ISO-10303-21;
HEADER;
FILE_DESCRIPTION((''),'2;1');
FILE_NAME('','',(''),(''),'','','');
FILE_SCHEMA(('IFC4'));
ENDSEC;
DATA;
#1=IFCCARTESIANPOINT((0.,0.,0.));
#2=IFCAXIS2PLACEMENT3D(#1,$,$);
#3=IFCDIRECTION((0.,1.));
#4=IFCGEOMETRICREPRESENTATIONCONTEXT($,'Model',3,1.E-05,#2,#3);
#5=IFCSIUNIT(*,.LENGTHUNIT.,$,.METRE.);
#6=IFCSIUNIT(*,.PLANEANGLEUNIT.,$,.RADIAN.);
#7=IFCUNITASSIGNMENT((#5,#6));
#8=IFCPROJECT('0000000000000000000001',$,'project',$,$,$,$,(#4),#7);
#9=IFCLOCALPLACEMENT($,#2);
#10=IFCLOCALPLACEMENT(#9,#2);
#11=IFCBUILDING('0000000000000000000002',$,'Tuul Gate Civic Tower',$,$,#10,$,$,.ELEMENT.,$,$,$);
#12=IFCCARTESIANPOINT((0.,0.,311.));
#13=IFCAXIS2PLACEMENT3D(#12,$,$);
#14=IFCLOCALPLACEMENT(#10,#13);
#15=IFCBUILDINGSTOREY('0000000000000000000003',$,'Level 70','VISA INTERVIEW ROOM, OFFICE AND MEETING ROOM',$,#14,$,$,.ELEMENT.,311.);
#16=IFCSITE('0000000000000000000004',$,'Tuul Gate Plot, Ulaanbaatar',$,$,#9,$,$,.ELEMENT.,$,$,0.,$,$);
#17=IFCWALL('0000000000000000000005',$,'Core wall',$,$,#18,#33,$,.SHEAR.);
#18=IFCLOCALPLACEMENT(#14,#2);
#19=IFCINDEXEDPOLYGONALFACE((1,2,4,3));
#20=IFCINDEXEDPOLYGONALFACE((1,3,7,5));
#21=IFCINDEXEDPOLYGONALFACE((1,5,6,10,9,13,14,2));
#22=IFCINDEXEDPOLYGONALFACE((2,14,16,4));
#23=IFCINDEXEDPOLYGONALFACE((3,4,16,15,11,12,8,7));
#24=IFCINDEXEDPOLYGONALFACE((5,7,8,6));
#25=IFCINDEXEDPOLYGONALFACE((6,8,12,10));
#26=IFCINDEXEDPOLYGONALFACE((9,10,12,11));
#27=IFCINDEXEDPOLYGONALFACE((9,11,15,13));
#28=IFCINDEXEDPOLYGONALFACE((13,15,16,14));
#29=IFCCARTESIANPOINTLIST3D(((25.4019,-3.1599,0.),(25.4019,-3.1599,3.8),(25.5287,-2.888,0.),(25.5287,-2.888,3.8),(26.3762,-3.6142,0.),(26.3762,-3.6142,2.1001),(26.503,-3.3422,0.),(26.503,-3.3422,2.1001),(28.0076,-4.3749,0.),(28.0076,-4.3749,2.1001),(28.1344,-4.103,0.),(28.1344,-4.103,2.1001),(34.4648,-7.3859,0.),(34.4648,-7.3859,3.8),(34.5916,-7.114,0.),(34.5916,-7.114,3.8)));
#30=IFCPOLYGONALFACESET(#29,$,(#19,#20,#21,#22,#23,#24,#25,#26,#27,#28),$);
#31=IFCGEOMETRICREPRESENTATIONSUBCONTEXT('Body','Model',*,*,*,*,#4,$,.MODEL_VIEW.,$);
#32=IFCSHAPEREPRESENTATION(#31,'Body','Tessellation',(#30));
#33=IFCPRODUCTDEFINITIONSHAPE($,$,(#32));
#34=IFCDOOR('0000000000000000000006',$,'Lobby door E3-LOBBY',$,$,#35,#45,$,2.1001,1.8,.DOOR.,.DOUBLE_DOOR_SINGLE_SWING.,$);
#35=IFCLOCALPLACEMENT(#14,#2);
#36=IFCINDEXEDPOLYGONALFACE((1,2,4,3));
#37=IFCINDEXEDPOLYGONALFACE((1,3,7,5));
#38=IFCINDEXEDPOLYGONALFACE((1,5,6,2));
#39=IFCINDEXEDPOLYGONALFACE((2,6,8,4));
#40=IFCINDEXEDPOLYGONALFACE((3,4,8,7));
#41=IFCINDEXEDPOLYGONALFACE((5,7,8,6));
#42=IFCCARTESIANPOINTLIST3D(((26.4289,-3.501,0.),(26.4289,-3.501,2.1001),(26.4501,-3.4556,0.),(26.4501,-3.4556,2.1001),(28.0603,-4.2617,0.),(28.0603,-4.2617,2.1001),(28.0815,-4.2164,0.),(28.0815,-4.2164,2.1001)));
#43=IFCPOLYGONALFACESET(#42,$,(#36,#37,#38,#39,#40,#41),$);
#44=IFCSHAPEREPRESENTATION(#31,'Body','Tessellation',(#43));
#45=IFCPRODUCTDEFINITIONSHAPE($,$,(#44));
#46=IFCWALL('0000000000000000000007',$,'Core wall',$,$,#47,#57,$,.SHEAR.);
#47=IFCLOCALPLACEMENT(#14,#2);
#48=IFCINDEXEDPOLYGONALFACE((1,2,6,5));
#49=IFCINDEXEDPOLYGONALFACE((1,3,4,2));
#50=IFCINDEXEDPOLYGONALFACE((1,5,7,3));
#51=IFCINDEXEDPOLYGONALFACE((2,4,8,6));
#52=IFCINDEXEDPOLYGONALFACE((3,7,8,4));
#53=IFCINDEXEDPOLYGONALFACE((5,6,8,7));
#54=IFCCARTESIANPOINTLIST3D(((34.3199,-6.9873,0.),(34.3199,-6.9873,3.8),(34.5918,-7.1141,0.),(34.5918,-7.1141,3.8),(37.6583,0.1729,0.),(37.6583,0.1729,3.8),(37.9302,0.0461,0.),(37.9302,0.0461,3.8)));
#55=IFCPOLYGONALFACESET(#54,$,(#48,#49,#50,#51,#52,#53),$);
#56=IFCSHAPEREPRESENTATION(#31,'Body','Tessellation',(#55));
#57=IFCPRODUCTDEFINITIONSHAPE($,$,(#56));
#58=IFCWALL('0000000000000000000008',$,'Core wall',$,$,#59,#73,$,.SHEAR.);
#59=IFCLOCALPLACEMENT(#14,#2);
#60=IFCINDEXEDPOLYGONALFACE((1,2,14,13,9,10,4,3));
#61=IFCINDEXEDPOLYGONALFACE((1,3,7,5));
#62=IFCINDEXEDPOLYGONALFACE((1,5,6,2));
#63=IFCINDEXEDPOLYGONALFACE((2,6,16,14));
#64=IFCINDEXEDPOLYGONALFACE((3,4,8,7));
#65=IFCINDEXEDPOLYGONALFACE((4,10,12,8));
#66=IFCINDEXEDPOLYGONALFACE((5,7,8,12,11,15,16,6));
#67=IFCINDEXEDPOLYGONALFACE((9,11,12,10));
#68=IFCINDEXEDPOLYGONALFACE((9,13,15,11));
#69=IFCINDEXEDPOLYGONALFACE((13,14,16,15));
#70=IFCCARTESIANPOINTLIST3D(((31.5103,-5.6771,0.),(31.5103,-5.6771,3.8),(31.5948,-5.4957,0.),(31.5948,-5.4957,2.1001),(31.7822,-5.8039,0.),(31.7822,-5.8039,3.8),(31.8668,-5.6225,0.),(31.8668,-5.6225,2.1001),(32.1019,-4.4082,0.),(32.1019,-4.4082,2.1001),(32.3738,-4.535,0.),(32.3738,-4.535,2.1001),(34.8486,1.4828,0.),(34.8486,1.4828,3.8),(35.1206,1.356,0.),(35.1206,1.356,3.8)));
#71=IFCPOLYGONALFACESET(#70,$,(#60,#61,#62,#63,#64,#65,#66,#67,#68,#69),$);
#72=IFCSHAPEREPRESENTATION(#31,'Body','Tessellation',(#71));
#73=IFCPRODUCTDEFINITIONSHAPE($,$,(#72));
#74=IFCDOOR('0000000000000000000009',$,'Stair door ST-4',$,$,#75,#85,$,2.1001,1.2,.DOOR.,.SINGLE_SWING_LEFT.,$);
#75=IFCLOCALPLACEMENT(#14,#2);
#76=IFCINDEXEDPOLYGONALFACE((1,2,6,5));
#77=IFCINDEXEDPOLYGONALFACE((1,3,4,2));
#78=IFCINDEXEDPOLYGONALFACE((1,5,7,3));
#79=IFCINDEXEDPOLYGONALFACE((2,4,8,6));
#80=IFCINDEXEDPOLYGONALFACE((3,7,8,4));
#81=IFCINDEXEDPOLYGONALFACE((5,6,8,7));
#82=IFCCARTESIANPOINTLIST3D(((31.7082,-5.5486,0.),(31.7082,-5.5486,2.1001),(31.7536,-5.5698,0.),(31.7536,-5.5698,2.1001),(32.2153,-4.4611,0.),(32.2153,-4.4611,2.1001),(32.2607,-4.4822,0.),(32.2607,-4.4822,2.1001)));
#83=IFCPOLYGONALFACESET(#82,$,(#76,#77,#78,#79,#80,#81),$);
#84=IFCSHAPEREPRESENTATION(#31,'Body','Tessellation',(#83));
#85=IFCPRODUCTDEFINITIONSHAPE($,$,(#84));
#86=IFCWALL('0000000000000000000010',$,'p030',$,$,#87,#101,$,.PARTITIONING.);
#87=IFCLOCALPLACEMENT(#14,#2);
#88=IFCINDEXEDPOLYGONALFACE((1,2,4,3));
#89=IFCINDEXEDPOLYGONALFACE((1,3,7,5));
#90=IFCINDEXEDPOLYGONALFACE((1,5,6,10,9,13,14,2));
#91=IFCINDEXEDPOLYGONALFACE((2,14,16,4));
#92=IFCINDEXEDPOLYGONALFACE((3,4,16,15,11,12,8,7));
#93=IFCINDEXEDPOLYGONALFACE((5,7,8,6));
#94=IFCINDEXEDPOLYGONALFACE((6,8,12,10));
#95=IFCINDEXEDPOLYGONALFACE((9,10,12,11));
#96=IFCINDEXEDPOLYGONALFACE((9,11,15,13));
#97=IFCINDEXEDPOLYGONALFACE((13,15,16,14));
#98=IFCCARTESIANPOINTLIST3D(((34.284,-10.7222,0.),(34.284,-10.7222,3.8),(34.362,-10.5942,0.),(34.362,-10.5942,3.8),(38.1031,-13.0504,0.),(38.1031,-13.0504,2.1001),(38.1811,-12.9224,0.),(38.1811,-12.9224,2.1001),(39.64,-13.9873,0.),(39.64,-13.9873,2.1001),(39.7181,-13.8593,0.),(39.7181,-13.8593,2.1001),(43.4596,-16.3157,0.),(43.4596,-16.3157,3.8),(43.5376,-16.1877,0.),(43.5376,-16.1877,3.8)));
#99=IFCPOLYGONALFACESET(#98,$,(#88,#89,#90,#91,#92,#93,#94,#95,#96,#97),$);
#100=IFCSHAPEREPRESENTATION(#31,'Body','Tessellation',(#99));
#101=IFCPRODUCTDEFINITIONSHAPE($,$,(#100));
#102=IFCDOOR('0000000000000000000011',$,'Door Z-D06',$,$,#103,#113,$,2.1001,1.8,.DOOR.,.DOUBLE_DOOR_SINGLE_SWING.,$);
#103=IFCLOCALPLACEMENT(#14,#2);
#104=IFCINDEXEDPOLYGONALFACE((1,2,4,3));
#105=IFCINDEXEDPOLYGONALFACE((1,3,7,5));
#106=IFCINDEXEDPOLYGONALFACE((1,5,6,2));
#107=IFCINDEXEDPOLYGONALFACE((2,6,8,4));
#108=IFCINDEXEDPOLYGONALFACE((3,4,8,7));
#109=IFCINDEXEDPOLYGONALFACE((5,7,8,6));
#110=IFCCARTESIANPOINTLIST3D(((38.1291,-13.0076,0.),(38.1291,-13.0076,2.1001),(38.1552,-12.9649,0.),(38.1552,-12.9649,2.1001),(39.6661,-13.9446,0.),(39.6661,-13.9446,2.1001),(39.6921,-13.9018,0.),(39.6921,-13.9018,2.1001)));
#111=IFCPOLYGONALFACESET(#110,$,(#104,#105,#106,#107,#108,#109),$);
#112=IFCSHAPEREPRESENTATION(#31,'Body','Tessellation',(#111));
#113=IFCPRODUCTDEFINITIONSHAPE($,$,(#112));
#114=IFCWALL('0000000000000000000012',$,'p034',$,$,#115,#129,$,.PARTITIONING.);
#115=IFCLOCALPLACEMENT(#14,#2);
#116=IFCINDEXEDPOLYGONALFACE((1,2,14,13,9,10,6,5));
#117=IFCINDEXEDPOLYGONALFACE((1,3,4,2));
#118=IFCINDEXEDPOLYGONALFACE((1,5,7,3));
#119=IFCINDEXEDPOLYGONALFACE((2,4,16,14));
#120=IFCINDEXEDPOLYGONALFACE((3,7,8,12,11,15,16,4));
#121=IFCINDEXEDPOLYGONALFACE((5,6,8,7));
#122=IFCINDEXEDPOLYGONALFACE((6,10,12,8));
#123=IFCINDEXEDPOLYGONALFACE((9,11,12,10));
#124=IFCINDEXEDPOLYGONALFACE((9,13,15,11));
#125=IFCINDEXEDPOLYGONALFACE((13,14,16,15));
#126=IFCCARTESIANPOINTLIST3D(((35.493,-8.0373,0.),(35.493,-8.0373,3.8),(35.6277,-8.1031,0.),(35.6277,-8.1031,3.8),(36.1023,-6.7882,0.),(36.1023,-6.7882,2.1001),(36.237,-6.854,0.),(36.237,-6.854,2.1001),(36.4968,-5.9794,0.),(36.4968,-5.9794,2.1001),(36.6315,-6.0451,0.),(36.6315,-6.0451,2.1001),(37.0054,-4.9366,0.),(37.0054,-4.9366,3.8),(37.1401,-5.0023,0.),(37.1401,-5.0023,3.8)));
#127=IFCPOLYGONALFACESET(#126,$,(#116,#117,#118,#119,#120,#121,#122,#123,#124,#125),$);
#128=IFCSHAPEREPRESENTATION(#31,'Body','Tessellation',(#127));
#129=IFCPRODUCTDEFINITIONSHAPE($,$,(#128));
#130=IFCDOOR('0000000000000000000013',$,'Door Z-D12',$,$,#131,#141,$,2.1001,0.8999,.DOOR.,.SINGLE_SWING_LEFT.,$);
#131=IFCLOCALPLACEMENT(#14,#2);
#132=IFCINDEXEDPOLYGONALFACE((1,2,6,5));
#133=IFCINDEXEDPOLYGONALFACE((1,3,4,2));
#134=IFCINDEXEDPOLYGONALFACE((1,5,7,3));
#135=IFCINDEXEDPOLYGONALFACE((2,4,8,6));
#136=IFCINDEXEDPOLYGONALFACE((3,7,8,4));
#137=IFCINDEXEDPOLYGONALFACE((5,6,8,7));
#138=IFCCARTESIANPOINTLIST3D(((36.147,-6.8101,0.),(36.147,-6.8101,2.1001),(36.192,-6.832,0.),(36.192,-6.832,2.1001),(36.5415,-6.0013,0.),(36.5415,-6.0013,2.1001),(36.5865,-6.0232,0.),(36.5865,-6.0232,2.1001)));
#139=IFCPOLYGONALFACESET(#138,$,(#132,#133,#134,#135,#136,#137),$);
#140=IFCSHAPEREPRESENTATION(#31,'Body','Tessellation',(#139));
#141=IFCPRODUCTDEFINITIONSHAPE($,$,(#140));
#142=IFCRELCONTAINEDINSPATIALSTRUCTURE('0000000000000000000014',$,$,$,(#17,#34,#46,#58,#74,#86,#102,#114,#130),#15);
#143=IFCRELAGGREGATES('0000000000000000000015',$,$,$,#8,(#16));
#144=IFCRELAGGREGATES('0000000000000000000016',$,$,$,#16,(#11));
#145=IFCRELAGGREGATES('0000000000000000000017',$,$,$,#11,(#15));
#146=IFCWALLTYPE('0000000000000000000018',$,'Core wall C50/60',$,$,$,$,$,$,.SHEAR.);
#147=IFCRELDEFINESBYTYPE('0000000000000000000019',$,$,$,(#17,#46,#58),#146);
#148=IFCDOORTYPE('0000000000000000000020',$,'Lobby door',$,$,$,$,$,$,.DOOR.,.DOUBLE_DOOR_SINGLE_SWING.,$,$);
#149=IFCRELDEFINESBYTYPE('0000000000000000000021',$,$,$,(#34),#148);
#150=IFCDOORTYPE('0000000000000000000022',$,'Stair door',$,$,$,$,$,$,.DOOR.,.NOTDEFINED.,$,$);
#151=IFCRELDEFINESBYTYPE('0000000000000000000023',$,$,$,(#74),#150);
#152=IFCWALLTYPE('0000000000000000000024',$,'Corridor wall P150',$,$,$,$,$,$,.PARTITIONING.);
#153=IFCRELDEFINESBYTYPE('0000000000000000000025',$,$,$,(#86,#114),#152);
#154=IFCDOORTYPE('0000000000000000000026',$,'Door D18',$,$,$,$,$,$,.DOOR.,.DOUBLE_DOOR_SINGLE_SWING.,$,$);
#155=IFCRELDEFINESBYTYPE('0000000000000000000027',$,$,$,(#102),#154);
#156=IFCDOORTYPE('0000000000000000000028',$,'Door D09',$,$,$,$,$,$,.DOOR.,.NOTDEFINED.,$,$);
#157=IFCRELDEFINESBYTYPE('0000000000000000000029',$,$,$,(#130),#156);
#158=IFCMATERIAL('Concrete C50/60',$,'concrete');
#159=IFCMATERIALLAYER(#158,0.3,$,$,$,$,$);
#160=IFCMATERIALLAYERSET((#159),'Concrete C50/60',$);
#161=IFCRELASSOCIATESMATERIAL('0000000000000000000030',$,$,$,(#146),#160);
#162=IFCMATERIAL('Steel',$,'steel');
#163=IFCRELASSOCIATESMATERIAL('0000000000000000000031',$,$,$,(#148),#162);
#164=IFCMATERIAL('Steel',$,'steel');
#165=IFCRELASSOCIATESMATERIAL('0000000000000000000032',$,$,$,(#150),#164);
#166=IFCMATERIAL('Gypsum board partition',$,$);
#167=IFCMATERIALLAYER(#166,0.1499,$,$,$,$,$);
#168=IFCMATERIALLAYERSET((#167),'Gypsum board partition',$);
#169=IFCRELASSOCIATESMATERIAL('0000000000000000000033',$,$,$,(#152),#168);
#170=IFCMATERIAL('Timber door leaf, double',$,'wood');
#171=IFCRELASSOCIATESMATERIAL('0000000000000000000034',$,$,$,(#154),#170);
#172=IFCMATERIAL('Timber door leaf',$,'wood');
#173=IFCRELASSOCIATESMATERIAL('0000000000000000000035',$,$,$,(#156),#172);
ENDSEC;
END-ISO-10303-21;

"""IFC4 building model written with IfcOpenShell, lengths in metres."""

from ifc_helpers import new_model, si_unit, direction, frame, frame_2d, origin, place, context, subcontext, project, spatial, rectangle, extrude, material, layer, layer_set, type_object, element, fill, save


model = new_model("IFC4")

# Units and contexts
model_context = context("Model", 3, precision=1e-05, world=origin(), true_north=direction((0.0, 1.0)))
body_context = subcontext(model_context, "Body", "Model", "MODEL_VIEW")
ifc_project = project(units=[si_unit("LENGTHUNIT", "METRE"), si_unit("PLANEANGLEUNIT", "RADIAN")], contexts=[model_context])

# Site, building, storey
site_placement = place(None, origin())
site = spatial("IfcSite", under=ifc_project, at=site_placement, Name="Tuul Gate Plot, Ulaanbaatar", CompositionType="ELEMENT", RefElevation=0.0)
building_placement = place(site_placement, origin())
building = spatial("IfcBuilding", under=site, at=building_placement, Name="Tuul Gate Civic Tower", CompositionType="ELEMENT")
storey_placement = place(building_placement, frame((0.0, 0.0, 311.0)))
storey = spatial("IfcBuildingStorey", under=building, at=storey_placement, Name="Level 70", Description="VISA INTERVIEW ROOM, OFFICE AND MEETING ROOM", CompositionType="ELEMENT", Elevation=311.0)

# Wall, opening, door
ifc_material_1 = material(Name="Concrete C50/60", Category="concrete")
ifc_layer_1 = layer(ifc_material_1, 0.3)
ifc_layer_set_1 = layer_set([ifc_layer_1], Name="Concrete C50/60")
wall_type_1 = type_object("IfcWallType", Name="Core wall C50/60", PredefinedType="SHEAR", material=ifc_layer_set_1)
wall_1_placement = place(storey_placement, frame((34.5283, -7.25, 0.0), z_axis=(0.0, 0.0, 1.0), x_axis=(-0.90631, 0.422613, 0.0)))
wall_1 = element("IfcWall", 1, at=wall_1_placement, inside=storey, type_object=wall_type_1, Name="Core wall", PredefinedType="SHEAR", context=body_context, shape_type="SweptSolid", body=[
    extrude(rectangle(XDim=9.9998, YDim=0.3, at=frame_2d((5.0, 0.0))), origin(), (0.0, 0.0, 1.0), 3.8),
])
opening_1_placement = place(wall_1_placement, frame((7.125, 0.0, 0.0)))
opening_1 = element("IfcOpeningElement", 2, at=opening_1_placement, cuts=wall_1, PredefinedType="OPENING", context=body_context, shape_type="SweptSolid", body=[
    extrude(rectangle(XDim=1.8, YDim=2.1001, at=frame_2d((0.8999, 1.05))), frame((0.0, 0.1602, 0.0), z_axis=(0.0, -1.0, 0.0), x_axis=(1.0, 0.0, 0.0)), (0.0, 0.0, 1.0), 0.3201),
])
ifc_material_2 = material(Name="Steel", Category="steel")
door_type_1 = type_object("IfcDoorType", Name="Lobby door", OperationType="DOUBLE_DOOR_SINGLE_SWING", PredefinedType="DOOR", material=ifc_material_2)
door_1_placement = place(opening_1_placement, frame((1.8, 0.0, 0.0), z_axis=(0.0, 0.0, 1.0), x_axis=(-1.0, 0.0, 0.0)))
door_1 = element("IfcDoor", 3, at=door_1_placement, inside=storey, type_object=door_type_1, Name="Lobby door E3-LOBBY", OperationType="DOUBLE_DOOR_SINGLE_SWING", OverallHeight=2.1001, OverallWidth=1.8, PredefinedType="DOOR", context=body_context, shape_type="SweptSolid", body=[
    extrude(rectangle(XDim=1.8, YDim=2.1001, at=frame_2d((0.9001, 1.05))), frame((0.0, 0.0249, 0.0), z_axis=(0.0, -1.0, 0.0), x_axis=(1.0, 0.0, 0.0)), (0.0, 0.0, 1.0), 0.05),
])
fill(opening_1, door_1)

# Wall
wall_2_placement = place(storey_placement, frame((34.4558, -7.0508, 0.0), z_axis=(0.0, 0.0, 1.0), x_axis=(0.422571, 0.90633, 0.0)))
element("IfcWall", 4, at=wall_2_placement, inside=storey, type_object=wall_type_1, Name="Core wall", PredefinedType="SHEAR", context=body_context, shape_type="SweptSolid", body=[
    extrude(rectangle(XDim=7.9001, YDim=0.3, at=frame_2d((3.9502, 0.0))), origin(), (0.0, 0.0, 1.0), 3.8),
])

# Walls, openings, doors
wall_3_placement = place(storey_placement, frame((31.6462, -5.7405, 0.0), z_axis=(0.0, 0.0, 1.0), x_axis=(0.422583, 0.906324, 0.0)))
wall_3 = element("IfcWall", 5, at=wall_3_placement, inside=storey, type_object=wall_type_1, Name="Core wall", PredefinedType="SHEAR", context=body_context, shape_type="SweptSolid", body=[
    extrude(rectangle(XDim=7.8999, YDim=0.3, at=frame_2d((3.95, 0.0))), origin(), (0.0, 0.0, 1.0), 3.8),
])
opening_2_placement = place(wall_3_placement, frame((0.2, 0.0, 0.0)))
opening_2 = element("IfcOpeningElement", 6, at=opening_2_placement, cuts=wall_3, PredefinedType="OPENING", context=body_context, shape_type="SweptSolid", body=[
    extrude(rectangle(XDim=1.2, YDim=2.1001, at=frame_2d((0.6001, 1.05))), frame((0.0, 0.1602, 0.0), z_axis=(0.0, -1.0, 0.0), x_axis=(1.0, 0.0, 0.0)), (0.0, 0.0, 1.0), 0.3201),
])
ifc_material_3 = material(Name="Steel", Category="steel")
door_type_2 = type_object("IfcDoorType", Name="Stair door", OperationType="NOTDEFINED", PredefinedType="DOOR", material=ifc_material_3)
door_2_placement = place(opening_2_placement, origin())
door_2 = element("IfcDoor", 7, at=door_2_placement, inside=storey, type_object=door_type_2, Name="Stair door ST-4", OperationType="SINGLE_SWING_LEFT", OverallHeight=2.1001, OverallWidth=1.2, PredefinedType="DOOR", context=body_context, shape_type="SweptSolid", body=[
    extrude(rectangle(XDim=1.2, YDim=2.1001, at=frame_2d((0.6001, 1.05))), frame((0.0, 0.0249, 0.0), z_axis=(0.0, -1.0, 0.0), x_axis=(1.0, 0.0, 0.0)), (0.0, 0.0, 1.0), 0.05),
])
fill(opening_2, door_2)
ifc_material_4 = material(Name="Gypsum board partition")
ifc_layer_2 = layer(ifc_material_4, 0.1499)
ifc_layer_set_2 = layer_set([ifc_layer_2], Name="Gypsum board partition")
wall_type_2 = type_object("IfcWallType", Name="Corridor wall P150", PredefinedType="PARTITIONING", material=ifc_layer_set_2)
wall_4_placement = place(storey_placement, frame((34.323, -10.6582, 0.0), z_axis=(0.0, 0.0, 1.0), x_axis=(0.853851, -0.520517, 0.0)))
wall_4 = element("IfcWall", 8, at=wall_4_placement, inside=storey, type_object=wall_type_2, Name="p030", PredefinedType="PARTITIONING", context=body_context, shape_type="SweptSolid", body=[
    extrude(rectangle(XDim=10.7461, YDim=0.1499, at=frame_2d((5.373, 0.0))), origin(), (0.0, 0.0, 1.0), 3.8),
])
opening_3_placement = place(wall_4_placement, frame((4.4729, 0.0, 0.0)))
opening_3 = element("IfcOpeningElement", 9, at=opening_3_placement, cuts=wall_4, PredefinedType="OPENING", context=body_context, shape_type="SweptSolid", body=[
    extrude(rectangle(XDim=1.8, YDim=2.1001, at=frame_2d((0.8999, 1.05))), frame((0.0, 0.085, 0.0), z_axis=(0.0, -1.0, 0.0), x_axis=(1.0, 0.0, 0.0)), (0.0, 0.0, 1.0), 0.1699),
])
ifc_material_5 = material(Name="Timber door leaf, double", Category="wood")
door_type_3 = type_object("IfcDoorType", Name="Door D18", OperationType="DOUBLE_DOOR_SINGLE_SWING", PredefinedType="DOOR", material=ifc_material_5)
door_3_placement = place(opening_3_placement, frame((1.8, 0.0, 0.0), z_axis=(0.0, 0.0, 1.0), x_axis=(-1.0, 0.0, 0.0)))
door_3 = element("IfcDoor", 10, at=door_3_placement, inside=storey, type_object=door_type_3, Name="Door Z-D06", OperationType="DOUBLE_DOOR_SINGLE_SWING", OverallHeight=2.1001, OverallWidth=1.8, PredefinedType="DOOR", context=body_context, shape_type="SweptSolid", body=[
    extrude(rectangle(XDim=1.8, YDim=2.1001, at=frame_2d((0.9001, 1.05))), frame((0.0, 0.0249, 0.0), z_axis=(0.0, -1.0, 0.0), x_axis=(1.0, 0.0, 0.0)), (0.0, 0.0, 1.0), 0.05),
])
fill(opening_3, door_3)
wall_5_placement = place(storey_placement, frame((35.5603, -8.0703, 0.0), z_axis=(0.0, 0.0, 1.0), x_axis=(0.438389, 0.898785, 0.0)))
wall_5 = element("IfcWall", 11, at=wall_5_placement, inside=storey, type_object=wall_type_2, Name="p034", PredefinedType="PARTITIONING", context=body_context, shape_type="SweptSolid", body=[
    extrude(rectangle(XDim=3.45, YDim=0.1499, at=frame_2d((1.7251, 0.0))), origin(), (0.0, 0.0, 1.0), 3.8),
])
opening_4_placement = place(wall_5_placement, frame((1.3899, 0.0, 0.0)))
opening_4 = element("IfcOpeningElement", 12, at=opening_4_placement, cuts=wall_5, PredefinedType="OPENING", context=body_context, shape_type="SweptSolid", body=[
    extrude(rectangle(XDim=0.8999, YDim=2.1001, at=frame_2d((0.45, 1.05))), frame((0.0, 0.085, 0.0), z_axis=(0.0, -1.0, 0.0), x_axis=(1.0, 0.0, 0.0)), (0.0, 0.0, 1.0), 0.1699),
])
ifc_material_6 = material(Name="Timber door leaf", Category="wood")
door_type_4 = type_object("IfcDoorType", Name="Door D09", OperationType="NOTDEFINED", PredefinedType="DOOR", material=ifc_material_6)
door_4_placement = place(opening_4_placement, frame((0.8999, 0.0, 0.0), z_axis=(0.0, 0.0, 1.0), x_axis=(-1.0, 0.0, 0.0)))
door_4 = element("IfcDoor", 13, at=door_4_placement, inside=storey, type_object=door_type_4, Name="Door Z-D12", OperationType="SINGLE_SWING_LEFT", OverallHeight=2.1001, OverallWidth=0.8999, PredefinedType="DOOR", context=body_context, shape_type="SweptSolid", body=[
    extrude(rectangle(XDim=0.8999, YDim=2.1001, at=frame_2d((0.45, 1.05))), frame((0.0, 0.0249, 0.0), z_axis=(0.0, -1.0, 0.0), x_axis=(1.0, 0.0, 0.0)), (0.0, 0.0, 1.0), 0.05),
])
fill(opening_4, door_4)

save(model, "model.ifc")
